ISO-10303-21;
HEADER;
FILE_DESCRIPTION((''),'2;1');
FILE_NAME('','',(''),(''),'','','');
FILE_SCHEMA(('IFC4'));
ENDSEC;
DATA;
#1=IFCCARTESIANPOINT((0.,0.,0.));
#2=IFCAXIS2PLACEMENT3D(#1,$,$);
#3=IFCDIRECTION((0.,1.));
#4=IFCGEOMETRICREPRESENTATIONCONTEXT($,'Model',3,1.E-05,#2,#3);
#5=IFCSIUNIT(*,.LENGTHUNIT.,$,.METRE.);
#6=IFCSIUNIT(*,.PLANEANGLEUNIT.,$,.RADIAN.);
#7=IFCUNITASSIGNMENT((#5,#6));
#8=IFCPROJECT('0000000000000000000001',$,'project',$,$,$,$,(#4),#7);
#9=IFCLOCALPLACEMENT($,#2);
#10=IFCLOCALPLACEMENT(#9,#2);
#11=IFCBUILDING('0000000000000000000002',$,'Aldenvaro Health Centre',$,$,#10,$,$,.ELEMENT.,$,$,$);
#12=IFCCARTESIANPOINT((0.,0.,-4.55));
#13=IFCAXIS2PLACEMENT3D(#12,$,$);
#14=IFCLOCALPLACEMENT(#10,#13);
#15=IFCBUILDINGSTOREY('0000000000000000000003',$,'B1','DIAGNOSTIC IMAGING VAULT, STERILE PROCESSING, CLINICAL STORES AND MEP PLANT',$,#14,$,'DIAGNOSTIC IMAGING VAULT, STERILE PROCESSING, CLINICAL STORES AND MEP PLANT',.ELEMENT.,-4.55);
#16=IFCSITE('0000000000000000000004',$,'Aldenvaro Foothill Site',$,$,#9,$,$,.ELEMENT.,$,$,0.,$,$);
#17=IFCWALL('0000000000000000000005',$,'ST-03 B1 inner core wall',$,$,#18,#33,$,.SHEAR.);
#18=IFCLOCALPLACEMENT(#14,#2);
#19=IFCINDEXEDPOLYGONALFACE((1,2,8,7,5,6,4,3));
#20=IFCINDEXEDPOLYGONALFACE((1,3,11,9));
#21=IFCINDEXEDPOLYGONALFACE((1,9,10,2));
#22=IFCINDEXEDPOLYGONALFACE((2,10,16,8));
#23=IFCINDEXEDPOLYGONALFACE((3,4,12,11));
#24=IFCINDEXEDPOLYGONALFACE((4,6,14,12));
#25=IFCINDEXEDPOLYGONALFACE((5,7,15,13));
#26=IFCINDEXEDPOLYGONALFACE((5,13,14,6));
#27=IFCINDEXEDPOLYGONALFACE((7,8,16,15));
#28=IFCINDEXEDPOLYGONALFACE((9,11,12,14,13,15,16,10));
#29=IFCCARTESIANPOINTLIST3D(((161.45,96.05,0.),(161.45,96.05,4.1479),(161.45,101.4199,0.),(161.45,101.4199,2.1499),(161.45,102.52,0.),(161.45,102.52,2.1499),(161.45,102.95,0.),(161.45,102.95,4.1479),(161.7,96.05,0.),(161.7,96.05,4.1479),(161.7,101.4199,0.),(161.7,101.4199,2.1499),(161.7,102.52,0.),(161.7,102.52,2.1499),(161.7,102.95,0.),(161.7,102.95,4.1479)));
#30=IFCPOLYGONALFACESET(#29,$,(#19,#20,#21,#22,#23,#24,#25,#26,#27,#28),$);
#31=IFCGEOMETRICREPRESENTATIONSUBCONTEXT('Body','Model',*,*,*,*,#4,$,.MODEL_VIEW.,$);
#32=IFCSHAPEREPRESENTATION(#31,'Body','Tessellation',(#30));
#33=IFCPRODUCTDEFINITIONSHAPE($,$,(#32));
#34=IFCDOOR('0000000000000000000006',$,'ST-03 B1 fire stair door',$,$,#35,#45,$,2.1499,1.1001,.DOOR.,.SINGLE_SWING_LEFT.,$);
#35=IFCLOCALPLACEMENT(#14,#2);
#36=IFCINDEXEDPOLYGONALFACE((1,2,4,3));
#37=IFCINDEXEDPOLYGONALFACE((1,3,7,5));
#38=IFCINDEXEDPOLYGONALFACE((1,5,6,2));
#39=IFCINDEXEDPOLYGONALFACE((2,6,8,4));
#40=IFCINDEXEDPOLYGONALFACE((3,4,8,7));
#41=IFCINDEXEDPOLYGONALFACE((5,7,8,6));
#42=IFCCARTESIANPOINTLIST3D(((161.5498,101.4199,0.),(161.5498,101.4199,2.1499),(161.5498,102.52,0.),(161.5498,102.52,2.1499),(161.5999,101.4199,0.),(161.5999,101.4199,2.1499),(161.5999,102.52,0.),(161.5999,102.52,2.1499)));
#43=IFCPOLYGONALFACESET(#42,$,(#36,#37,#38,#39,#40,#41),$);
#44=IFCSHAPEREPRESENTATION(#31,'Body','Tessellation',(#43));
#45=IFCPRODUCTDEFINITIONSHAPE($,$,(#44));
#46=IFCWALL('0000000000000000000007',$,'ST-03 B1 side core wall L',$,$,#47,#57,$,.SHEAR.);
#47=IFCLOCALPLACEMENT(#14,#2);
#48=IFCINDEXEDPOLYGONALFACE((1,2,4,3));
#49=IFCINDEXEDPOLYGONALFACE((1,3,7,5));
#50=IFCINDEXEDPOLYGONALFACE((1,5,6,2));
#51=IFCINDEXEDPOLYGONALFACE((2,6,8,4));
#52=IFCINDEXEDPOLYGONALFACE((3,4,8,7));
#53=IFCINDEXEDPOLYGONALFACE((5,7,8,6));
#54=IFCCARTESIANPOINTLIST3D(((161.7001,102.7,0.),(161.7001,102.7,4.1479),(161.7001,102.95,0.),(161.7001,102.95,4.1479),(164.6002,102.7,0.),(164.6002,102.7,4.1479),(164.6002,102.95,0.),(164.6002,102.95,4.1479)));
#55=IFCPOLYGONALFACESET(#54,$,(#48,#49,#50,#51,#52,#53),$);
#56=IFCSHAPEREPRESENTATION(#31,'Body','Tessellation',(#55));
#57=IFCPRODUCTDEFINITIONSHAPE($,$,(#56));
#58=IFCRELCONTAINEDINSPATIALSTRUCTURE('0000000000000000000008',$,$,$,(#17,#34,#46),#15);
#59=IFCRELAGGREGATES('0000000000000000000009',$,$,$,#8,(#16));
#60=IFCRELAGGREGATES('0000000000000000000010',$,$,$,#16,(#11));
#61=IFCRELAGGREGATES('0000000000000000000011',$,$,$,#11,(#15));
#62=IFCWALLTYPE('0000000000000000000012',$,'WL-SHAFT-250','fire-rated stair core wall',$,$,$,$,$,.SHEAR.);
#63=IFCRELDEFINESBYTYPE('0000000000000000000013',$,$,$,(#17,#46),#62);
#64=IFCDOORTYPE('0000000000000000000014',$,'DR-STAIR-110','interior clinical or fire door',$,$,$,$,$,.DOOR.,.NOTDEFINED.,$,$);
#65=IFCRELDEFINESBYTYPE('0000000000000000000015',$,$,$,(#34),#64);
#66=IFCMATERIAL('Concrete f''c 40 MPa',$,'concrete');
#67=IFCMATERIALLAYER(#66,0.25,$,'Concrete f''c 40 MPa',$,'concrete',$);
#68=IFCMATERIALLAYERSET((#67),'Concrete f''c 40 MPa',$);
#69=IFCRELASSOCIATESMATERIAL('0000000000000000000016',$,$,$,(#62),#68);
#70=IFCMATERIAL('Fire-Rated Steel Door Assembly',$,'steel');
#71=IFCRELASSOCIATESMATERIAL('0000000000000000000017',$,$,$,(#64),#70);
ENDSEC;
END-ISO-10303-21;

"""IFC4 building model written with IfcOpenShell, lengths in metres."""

from ifc_helpers import new_model, si_unit, direction, frame, frame_2d, origin, place, context, subcontext, project, spatial, rectangle, extrude, material, layer, layer_set, type_object, element, fill, save


model = new_model("IFC4")

# Units and contexts
model_context = context("Model", 3, precision=1e-05, world=origin(), true_north=direction((0.0, 1.0)))
body_context = subcontext(model_context, "Body", "Model", "MODEL_VIEW")
ifc_project = project(units=[si_unit("LENGTHUNIT", "METRE"), si_unit("PLANEANGLEUNIT", "RADIAN")], contexts=[model_context])

# Site, building, storey
site_placement = place(None, origin())
site = spatial("IfcSite", under=ifc_project, at=site_placement, Name="Aldenvaro Foothill Site", CompositionType="ELEMENT", RefElevation=0.0)
building_placement = place(site_placement, origin())
building = spatial("IfcBuilding", under=site, at=building_placement, Name="Aldenvaro Health Centre", CompositionType="ELEMENT")
storey_placement = place(building_placement, frame((0.0, 0.0, -4.55)))
storey = spatial("IfcBuildingStorey", under=building, at=storey_placement, Name="B1", Description="DIAGNOSTIC IMAGING VAULT, STERILE PROCESSING, CLINICAL STORES AND MEP PLANT", LongName="DIAGNOSTIC IMAGING VAULT, STERILE PROCESSING, CLINICAL STORES AND MEP PLANT", CompositionType="ELEMENT", Elevation=-4.55)

# Shared definitions
ifc_material_1 = material(Name="Concrete f'c 40 MPa", Category="concrete")

# Wall, opening, door
ifc_layer_1 = layer(ifc_material_1, 0.25, Name="Concrete f'c 40 MPa", Category="concrete")
ifc_layer_set_1 = layer_set([ifc_layer_1], Name="Concrete f'c 40 MPa")
wall_type_1 = type_object("IfcWallType", Name="WL-SHAFT-250", Description="fire-rated stair core wall", PredefinedType="SHEAR", material=ifc_layer_set_1)
wall_1_placement = place(storey_placement, frame((161.575, 102.95, 0.0), z_axis=(0.0, 0.0, 1.0), x_axis=(0.0, -1.0, 0.0)))
wall_1 = element("IfcWall", 1, at=wall_1_placement, inside=storey, type_object=wall_type_1, Name="ST-03 B1 inner core wall", PredefinedType="SHEAR", context=body_context, shape_type="SweptSolid", body=[
    extrude(rectangle(XDim=6.8999, YDim=0.25, at=frame_2d((3.45, 0.0))), origin(), (0.0, 0.0, 1.0), 4.1479),
])
opening_1_placement = place(wall_1_placement, frame((0.4299, 0.0, 0.0)))
opening_1 = element("IfcOpeningElement", 2, at=opening_1_placement, cuts=wall_1, PredefinedType="OPENING", context=body_context, shape_type="SweptSolid", body=[
    extrude(rectangle(XDim=1.1001, YDim=2.1499, at=frame_2d((0.55, 1.075))), frame((0.0, 0.135, 0.0), z_axis=(0.0, -1.0, 0.0), x_axis=(1.0, 0.0, 0.0)), (0.0, 0.0, 1.0), 0.27),
])
ifc_material_2 = material(Name="Fire-Rated Steel Door Assembly", Category="steel")
door_type_1 = type_object("IfcDoorType", Name="DR-STAIR-110", Description="interior clinical or fire door", OperationType="NOTDEFINED", PredefinedType="DOOR", material=ifc_material_2)
door_1_placement = place(opening_1_placement, origin())
door_1 = element("IfcDoor", 3, at=door_1_placement, inside=storey, type_object=door_type_1, Name="ST-03 B1 fire stair door", OperationType="SINGLE_SWING_LEFT", OverallHeight=2.1499, OverallWidth=1.1001, PredefinedType="DOOR", context=body_context, shape_type="SweptSolid", body=[
    extrude(rectangle(XDim=1.1001, YDim=2.1499, at=frame_2d((0.55, 1.075))), frame((0.0, 0.0249, 0.0), z_axis=(0.0, -1.0, 0.0), x_axis=(1.0, 0.0, 0.0)), (0.0, 0.0, 1.0), 0.05),
])
fill(opening_1, door_1)

# Wall
wall_2_placement = place(storey_placement, frame((161.7, 102.825, 0.0), z_axis=(0.0, 0.0, 1.0), x_axis=(1.0, 0.0, 0.0)))
element("IfcWall", 4, at=wall_2_placement, inside=storey, type_object=wall_type_1, Name="ST-03 B1 side core wall L", PredefinedType="SHEAR", context=body_context, shape_type="SweptSolid", body=[
    extrude(rectangle(XDim=2.9001, YDim=0.25, at=frame_2d((1.4502, 0.0))), origin(), (0.0, 0.0, 1.0), 4.1479),
])

save(model, "model.ifc")
